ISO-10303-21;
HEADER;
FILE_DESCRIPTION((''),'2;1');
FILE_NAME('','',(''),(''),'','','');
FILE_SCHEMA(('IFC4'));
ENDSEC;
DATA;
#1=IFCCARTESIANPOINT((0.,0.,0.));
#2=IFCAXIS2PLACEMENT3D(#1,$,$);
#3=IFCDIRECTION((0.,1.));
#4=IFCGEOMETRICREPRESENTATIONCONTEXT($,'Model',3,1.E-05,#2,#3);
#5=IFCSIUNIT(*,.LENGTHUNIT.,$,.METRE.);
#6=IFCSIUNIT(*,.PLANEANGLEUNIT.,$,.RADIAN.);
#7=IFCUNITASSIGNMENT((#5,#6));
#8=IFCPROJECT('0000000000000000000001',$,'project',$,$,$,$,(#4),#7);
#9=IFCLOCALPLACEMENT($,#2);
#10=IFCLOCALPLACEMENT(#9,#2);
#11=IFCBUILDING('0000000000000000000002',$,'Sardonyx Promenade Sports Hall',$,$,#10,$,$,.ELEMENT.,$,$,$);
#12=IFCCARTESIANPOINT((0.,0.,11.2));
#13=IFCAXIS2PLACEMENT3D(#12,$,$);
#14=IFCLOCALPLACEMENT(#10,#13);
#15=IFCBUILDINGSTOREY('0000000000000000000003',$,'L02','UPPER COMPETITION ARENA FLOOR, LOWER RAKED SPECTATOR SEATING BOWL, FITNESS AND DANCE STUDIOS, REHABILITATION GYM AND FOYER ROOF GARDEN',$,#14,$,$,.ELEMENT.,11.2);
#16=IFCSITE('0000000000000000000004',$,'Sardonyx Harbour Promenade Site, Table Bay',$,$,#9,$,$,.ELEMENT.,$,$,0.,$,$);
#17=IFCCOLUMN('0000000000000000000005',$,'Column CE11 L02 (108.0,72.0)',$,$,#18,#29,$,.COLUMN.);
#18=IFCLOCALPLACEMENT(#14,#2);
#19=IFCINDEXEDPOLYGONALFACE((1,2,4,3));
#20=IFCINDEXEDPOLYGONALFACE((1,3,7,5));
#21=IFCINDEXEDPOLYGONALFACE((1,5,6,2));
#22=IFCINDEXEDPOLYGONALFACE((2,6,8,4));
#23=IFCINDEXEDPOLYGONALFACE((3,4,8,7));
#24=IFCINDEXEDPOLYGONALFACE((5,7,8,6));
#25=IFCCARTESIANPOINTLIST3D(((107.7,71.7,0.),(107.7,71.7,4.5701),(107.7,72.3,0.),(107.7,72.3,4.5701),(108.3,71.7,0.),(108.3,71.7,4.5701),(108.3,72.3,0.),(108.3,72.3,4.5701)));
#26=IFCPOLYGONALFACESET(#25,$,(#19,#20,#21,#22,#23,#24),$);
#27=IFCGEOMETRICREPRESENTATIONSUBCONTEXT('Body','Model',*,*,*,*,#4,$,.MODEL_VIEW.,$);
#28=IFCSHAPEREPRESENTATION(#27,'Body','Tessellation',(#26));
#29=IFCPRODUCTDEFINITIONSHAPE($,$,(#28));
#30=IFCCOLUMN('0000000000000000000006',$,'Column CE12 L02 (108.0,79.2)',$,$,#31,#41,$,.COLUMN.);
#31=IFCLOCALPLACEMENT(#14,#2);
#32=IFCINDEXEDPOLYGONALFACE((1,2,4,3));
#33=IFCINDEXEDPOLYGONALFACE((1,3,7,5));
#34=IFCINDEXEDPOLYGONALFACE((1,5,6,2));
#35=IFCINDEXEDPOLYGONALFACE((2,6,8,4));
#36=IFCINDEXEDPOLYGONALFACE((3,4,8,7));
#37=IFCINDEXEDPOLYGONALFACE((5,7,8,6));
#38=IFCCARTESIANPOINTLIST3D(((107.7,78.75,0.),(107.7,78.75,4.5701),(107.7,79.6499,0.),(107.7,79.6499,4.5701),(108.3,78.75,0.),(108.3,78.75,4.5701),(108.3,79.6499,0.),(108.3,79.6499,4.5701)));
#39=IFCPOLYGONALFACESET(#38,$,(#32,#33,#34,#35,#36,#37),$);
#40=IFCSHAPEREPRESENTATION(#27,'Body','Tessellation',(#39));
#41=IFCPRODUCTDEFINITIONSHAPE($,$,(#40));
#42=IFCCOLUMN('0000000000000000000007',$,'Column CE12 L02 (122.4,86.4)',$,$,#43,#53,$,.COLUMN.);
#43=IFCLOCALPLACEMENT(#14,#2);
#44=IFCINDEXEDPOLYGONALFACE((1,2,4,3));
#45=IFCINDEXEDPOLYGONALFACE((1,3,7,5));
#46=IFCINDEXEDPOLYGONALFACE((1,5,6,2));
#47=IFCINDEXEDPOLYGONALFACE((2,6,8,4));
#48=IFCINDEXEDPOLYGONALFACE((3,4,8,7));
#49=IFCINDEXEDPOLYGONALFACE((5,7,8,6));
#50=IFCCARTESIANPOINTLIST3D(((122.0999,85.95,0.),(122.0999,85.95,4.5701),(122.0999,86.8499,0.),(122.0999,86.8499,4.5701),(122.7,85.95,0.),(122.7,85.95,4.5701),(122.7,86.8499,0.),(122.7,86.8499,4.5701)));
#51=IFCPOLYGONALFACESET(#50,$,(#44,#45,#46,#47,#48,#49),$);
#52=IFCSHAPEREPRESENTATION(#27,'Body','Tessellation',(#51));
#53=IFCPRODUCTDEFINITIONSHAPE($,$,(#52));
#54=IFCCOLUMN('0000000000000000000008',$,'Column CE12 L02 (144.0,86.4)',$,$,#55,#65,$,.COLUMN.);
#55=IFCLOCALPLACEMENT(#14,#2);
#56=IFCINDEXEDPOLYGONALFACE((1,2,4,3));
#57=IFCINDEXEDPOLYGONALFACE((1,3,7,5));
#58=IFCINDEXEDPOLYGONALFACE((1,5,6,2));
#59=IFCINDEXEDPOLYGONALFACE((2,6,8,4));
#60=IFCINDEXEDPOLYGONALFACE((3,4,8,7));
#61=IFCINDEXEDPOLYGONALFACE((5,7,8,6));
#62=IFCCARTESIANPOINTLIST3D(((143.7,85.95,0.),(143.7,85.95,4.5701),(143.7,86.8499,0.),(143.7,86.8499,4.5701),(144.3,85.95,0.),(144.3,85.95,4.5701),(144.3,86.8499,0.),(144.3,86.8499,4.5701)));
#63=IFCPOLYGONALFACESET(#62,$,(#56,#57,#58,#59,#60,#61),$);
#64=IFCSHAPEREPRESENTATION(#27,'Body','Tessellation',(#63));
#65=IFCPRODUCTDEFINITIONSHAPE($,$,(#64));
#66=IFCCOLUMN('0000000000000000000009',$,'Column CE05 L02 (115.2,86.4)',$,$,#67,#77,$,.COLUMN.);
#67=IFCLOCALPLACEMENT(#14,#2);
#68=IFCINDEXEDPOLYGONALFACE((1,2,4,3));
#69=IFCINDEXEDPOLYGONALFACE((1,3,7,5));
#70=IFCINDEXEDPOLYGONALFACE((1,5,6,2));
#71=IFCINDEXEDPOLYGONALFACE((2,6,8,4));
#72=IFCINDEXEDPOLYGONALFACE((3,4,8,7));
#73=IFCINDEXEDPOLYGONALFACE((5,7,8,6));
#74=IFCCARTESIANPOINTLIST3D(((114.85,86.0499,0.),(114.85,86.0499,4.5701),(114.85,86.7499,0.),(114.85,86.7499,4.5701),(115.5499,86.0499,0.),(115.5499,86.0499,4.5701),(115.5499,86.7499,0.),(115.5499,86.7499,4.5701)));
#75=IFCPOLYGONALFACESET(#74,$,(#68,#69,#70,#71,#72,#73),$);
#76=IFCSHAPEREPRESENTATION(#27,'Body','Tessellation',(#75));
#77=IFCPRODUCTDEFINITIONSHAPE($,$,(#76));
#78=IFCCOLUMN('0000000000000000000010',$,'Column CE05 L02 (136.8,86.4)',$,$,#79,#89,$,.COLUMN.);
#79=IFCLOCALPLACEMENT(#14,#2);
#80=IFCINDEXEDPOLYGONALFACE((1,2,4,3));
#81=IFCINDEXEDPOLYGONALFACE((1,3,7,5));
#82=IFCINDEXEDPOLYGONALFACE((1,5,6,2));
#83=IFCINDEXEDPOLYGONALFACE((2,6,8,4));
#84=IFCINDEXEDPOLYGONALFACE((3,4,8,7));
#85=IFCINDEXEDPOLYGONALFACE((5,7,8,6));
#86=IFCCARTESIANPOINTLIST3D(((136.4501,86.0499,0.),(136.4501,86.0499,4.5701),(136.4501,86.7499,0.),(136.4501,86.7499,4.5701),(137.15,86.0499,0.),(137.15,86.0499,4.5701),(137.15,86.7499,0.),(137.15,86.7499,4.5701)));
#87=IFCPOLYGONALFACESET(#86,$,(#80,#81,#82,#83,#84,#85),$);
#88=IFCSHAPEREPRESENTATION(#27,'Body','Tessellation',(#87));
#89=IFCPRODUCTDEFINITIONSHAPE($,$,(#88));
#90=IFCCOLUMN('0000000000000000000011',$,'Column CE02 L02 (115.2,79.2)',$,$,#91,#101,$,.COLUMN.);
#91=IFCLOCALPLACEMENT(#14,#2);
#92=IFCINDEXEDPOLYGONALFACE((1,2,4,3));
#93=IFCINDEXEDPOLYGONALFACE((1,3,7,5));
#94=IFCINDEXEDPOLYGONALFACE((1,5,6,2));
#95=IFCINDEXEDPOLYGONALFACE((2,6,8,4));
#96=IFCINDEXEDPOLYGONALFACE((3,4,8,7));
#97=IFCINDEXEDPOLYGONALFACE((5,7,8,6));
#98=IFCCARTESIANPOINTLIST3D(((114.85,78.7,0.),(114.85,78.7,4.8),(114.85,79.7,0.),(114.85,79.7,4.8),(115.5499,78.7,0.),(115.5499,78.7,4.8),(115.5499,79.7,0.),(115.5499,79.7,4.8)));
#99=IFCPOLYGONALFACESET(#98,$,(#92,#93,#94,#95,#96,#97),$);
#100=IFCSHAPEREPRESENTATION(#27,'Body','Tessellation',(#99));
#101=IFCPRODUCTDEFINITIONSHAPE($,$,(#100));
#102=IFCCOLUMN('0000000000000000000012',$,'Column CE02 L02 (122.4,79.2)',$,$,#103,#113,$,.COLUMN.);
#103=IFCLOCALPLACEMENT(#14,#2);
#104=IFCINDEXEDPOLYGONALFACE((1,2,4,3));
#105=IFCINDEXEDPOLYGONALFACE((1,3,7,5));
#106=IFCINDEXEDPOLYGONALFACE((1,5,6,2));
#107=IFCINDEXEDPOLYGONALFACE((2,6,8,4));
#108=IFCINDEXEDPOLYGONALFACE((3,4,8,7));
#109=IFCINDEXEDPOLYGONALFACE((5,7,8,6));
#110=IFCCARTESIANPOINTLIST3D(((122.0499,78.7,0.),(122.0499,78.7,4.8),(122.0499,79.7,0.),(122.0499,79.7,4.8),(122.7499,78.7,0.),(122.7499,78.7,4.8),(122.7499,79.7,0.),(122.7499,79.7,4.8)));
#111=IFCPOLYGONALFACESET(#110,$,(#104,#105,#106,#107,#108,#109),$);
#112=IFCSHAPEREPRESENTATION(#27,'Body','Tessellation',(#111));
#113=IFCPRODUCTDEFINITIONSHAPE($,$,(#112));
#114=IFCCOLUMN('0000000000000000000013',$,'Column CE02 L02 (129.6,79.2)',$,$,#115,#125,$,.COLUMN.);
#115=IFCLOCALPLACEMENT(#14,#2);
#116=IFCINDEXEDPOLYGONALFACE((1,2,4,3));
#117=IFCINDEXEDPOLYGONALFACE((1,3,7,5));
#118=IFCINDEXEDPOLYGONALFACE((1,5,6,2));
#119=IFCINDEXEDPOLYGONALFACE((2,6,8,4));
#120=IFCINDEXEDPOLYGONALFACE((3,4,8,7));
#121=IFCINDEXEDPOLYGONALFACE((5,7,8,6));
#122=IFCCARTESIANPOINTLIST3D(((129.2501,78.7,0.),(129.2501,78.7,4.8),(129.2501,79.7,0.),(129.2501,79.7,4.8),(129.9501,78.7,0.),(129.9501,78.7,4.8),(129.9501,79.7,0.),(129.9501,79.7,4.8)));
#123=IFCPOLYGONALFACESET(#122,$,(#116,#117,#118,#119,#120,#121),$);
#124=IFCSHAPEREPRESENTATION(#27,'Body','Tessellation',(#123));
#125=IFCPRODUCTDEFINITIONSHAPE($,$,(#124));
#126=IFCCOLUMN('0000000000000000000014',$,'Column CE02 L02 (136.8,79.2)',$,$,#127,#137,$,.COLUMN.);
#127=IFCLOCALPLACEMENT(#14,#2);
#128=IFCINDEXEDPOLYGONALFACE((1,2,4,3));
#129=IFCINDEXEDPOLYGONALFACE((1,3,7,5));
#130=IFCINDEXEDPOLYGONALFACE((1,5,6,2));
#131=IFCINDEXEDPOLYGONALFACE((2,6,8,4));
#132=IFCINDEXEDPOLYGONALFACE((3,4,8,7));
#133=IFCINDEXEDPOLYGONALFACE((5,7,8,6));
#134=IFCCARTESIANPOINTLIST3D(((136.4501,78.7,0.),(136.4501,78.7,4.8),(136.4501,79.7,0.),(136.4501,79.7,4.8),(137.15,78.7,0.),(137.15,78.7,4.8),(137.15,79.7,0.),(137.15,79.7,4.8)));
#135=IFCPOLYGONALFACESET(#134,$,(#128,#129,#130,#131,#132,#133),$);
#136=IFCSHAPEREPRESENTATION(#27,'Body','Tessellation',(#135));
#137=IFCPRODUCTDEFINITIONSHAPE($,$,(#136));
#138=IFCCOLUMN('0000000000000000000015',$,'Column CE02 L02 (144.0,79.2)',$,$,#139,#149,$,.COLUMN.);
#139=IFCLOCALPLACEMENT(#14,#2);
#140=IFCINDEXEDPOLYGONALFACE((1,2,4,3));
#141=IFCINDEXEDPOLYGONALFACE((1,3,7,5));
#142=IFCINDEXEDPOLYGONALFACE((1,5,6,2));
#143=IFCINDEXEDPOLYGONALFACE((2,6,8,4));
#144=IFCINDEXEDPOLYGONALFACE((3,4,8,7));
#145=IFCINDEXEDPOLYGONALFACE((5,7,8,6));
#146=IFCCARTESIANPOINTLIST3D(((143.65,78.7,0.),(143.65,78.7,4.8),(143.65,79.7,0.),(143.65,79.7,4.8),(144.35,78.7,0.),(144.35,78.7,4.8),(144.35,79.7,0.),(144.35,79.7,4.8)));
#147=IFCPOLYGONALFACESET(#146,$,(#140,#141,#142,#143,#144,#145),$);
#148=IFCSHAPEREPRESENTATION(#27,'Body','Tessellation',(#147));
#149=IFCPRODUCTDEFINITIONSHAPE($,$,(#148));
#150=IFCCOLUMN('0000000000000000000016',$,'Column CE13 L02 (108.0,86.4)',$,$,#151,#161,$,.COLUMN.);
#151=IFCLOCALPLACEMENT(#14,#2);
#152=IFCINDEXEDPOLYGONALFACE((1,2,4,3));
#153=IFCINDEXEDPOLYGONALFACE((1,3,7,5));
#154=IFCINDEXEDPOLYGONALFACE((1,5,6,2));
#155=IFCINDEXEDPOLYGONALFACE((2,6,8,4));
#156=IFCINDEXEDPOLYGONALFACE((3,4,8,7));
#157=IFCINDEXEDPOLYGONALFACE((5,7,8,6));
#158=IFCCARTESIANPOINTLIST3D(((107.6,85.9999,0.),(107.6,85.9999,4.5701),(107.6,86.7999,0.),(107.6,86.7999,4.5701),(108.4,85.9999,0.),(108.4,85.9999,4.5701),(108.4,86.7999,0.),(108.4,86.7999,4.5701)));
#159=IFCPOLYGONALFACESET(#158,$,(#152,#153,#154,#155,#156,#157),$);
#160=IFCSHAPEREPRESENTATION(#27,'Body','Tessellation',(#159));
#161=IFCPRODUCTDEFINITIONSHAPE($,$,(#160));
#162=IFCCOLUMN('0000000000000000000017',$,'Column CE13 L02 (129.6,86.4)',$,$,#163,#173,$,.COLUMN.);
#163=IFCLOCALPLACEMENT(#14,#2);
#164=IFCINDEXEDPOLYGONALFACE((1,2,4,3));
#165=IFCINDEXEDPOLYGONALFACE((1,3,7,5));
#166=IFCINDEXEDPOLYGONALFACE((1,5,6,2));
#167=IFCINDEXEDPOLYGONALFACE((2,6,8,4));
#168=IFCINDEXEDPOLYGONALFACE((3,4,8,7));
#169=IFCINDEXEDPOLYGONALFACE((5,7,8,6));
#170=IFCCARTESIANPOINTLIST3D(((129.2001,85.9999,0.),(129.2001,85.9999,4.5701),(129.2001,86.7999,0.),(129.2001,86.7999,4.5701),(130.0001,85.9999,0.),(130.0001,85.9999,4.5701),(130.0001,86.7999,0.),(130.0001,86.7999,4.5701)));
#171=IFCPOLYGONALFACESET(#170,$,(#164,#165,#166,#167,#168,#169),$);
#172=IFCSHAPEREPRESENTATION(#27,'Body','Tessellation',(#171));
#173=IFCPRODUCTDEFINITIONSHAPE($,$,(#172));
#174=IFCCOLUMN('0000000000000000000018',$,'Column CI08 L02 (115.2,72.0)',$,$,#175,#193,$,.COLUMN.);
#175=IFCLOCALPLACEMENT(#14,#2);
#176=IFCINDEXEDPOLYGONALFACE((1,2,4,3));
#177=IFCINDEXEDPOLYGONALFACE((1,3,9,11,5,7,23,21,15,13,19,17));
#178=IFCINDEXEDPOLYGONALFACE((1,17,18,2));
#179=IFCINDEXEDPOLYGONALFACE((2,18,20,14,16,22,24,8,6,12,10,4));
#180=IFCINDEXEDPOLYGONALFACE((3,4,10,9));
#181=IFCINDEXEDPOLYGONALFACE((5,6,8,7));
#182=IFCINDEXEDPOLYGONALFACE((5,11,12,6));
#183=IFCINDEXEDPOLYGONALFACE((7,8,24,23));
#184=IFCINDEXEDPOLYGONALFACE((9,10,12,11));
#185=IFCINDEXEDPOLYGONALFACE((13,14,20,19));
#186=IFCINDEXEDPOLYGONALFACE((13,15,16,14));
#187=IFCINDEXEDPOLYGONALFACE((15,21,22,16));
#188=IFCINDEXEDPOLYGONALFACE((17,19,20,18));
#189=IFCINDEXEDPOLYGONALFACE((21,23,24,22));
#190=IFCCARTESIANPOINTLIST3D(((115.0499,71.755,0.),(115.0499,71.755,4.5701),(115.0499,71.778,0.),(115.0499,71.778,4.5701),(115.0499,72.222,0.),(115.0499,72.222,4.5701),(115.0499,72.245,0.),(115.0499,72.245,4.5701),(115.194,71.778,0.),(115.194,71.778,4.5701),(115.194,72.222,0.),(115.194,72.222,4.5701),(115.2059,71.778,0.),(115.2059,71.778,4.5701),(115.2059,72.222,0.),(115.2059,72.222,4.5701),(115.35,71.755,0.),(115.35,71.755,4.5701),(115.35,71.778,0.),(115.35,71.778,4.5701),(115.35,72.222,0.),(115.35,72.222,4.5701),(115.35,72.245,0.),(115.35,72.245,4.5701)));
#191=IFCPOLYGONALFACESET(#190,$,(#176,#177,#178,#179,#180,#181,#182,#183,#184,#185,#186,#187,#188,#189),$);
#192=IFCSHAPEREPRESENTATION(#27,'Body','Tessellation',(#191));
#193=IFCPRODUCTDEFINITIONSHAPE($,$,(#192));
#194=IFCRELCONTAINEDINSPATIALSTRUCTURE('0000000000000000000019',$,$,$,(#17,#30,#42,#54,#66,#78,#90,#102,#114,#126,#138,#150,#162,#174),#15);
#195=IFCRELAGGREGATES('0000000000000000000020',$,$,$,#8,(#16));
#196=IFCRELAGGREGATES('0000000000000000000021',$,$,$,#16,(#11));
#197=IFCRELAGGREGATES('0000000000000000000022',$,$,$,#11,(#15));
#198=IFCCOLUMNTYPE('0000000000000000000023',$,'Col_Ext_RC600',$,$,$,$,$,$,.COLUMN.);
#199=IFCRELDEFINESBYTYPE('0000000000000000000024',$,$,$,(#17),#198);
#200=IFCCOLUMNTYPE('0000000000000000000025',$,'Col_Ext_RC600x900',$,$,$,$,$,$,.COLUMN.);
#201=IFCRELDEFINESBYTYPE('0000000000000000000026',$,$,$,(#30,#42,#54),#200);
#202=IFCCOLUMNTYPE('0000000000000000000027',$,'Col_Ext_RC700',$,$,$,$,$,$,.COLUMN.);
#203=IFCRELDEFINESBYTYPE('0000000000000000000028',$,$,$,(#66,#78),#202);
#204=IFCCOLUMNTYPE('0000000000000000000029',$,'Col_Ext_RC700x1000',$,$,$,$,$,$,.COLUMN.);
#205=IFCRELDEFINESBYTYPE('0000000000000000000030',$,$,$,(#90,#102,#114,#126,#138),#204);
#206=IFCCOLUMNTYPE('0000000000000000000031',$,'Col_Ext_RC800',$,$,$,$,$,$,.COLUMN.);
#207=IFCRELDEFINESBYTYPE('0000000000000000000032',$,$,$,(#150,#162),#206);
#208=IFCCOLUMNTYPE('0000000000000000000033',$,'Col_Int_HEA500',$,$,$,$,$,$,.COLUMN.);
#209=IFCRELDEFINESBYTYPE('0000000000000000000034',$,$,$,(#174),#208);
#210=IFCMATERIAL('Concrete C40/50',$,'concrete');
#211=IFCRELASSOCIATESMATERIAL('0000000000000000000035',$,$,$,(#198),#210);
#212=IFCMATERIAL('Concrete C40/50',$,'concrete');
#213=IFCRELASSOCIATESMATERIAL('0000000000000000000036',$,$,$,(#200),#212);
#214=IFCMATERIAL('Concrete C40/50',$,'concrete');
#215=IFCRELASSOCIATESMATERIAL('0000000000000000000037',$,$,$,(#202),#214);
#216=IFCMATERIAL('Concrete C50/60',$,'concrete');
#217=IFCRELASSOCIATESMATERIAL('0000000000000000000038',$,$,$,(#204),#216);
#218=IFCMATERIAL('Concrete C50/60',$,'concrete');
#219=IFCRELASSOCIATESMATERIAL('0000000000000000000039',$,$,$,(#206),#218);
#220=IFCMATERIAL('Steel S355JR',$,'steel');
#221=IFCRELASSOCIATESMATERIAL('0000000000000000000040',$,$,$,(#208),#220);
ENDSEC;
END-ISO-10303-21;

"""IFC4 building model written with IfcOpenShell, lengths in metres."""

from ifc_helpers import new_model, si_unit, direction, frame, origin, origin_2d, place, context, subcontext, project, spatial, rectangle, i_section, extrude, material, material_profile, profile_set, type_object, element, save


model = new_model("IFC4")

# Units and contexts
model_context = context("Model", 3, precision=1e-05, world=origin(), true_north=direction((0.0, 1.0)))
body_context = subcontext(model_context, "Body", "Model", "MODEL_VIEW")
ifc_project = project(units=[si_unit("LENGTHUNIT", "METRE"), si_unit("PLANEANGLEUNIT", "RADIAN")], contexts=[model_context])

# Site, building, storey
site_placement = place(None, origin())
site = spatial("IfcSite", under=ifc_project, at=site_placement, Name="Sardonyx Harbour Promenade Site, Table Bay", CompositionType="ELEMENT", RefElevation=0.0)
building_placement = place(site_placement, origin())
building = spatial("IfcBuilding", under=site, at=building_placement, Name="Sardonyx Promenade Sports Hall", CompositionType="ELEMENT")
storey_placement = place(building_placement, frame((0.0, 0.0, 11.2)))
storey = spatial("IfcBuildingStorey", under=building, at=storey_placement, Name="L02", Description="UPPER COMPETITION ARENA FLOOR, LOWER RAKED SPECTATOR SEATING BOWL, FITNESS AND DANCE STUDIOS, REHABILITATION GYM AND FOYER ROOF GARDEN", CompositionType="ELEMENT", Elevation=11.2)

# Columns
ifc_material_1 = material(Name="Concrete C40/50", Category="concrete")
ifc_material_profile_1 = material_profile(ifc_material_1, rectangle(XDim=0.6001, YDim=0.6001, at=origin_2d()))
ifc_profile_set_1 = profile_set([ifc_material_profile_1], Name="Concrete C40/50")
column_type_1 = type_object("IfcColumnType", Name="Col_Ext_RC600", PredefinedType="COLUMN", material=ifc_profile_set_1)
column_1_placement = place(storey_placement, frame((108.0, 72.0, 0.0), z_axis=(0.0, 0.0, 1.0), x_axis=(1.0, 0.0, 0.0)))
element("IfcColumn", 1, at=column_1_placement, inside=storey, type_object=column_type_1, Name="Column CE11 L02 (108.0,72.0)", PredefinedType="COLUMN", context=body_context, shape_type="SweptSolid", body=[
    extrude(rectangle(XDim=0.6001, YDim=0.6001, at=origin_2d()), origin(), (0.0, 0.0, 1.0), 4.5701),
])
ifc_material_2 = material(Name="Concrete C40/50", Category="concrete")
ifc_material_profile_2 = material_profile(ifc_material_2, rectangle(XDim=0.6001, YDim=0.8999, at=origin_2d()))
ifc_profile_set_2 = profile_set([ifc_material_profile_2], Name="Concrete C40/50")
column_type_2 = type_object("IfcColumnType", Name="Col_Ext_RC600x900", PredefinedType="COLUMN", material=ifc_profile_set_2)
for number, where, z_axis, x_axis, name in (
    (2, (108.0, 79.2, 0.0), (0.0, 0.0, 1.0), (1.0, 0.0, 0.0), "Column CE12 L02 (108.0,79.2)"),
    (3, (122.3999, 86.3999, 0.0), (0.0, 0.0, 1.0), (1.0, 0.0, 0.0), "Column CE12 L02 (122.4,86.4)"),
    (4, (144.0, 86.3999, 0.0), (0.0, 0.0, 1.0), (1.0, 0.0, 0.0), "Column CE12 L02 (144.0,86.4)"),
):
    element("IfcColumn", number, at=place(storey_placement, frame(where, z_axis=z_axis, x_axis=x_axis)), inside=storey, type_object=column_type_2, Name=name, PredefinedType="COLUMN", context=body_context, shape_type="SweptSolid", body=[
        extrude(rectangle(XDim=0.6001, YDim=0.8999, at=origin_2d()), origin(), (0.0, 0.0, 1.0), 4.5701),
    ])
ifc_material_3 = material(Name="Concrete C40/50", Category="concrete")
ifc_material_profile_3 = material_profile(ifc_material_3, rectangle(XDim=0.7, YDim=0.7, at=origin_2d()))
ifc_profile_set_3 = profile_set([ifc_material_profile_3], Name="Concrete C40/50")
column_type_3 = type_object("IfcColumnType", Name="Col_Ext_RC700", PredefinedType="COLUMN", material=ifc_profile_set_3)
for number, where, z_axis, x_axis, name in (
    (5, (115.2, 86.3999, 0.0), (0.0, 0.0, 1.0), (1.0, 0.0, 0.0), "Column CE05 L02 (115.2,86.4)"),
    (6, (136.8, 86.3999, 0.0), (0.0, 0.0, 1.0), (1.0, 0.0, 0.0), "Column CE05 L02 (136.8,86.4)"),
):
    element("IfcColumn", number, at=place(storey_placement, frame(where, z_axis=z_axis, x_axis=x_axis)), inside=storey, type_object=column_type_3, Name=name, PredefinedType="COLUMN", context=body_context, shape_type="SweptSolid", body=[
        extrude(rectangle(XDim=0.7, YDim=0.7, at=origin_2d()), origin(), (0.0, 0.0, 1.0), 4.5701),
    ])
ifc_material_4 = material(Name="Concrete C50/60", Category="concrete")
ifc_material_profile_4 = material_profile(ifc_material_4, rectangle(XDim=0.7, YDim=1.0, at=origin_2d()))
ifc_profile_set_4 = profile_set([ifc_material_profile_4], Name="Concrete C50/60")
column_type_4 = type_object("IfcColumnType", Name="Col_Ext_RC700x1000", PredefinedType="COLUMN", material=ifc_profile_set_4)
for number, where, z_axis, x_axis, name in (
    (7, (115.2, 79.2, 0.0), (0.0, 0.0, 1.0), (1.0, 0.0, 0.0), "Column CE02 L02 (115.2,79.2)"),
    (8, (122.3999, 79.2, 0.0), (0.0, 0.0, 1.0), (1.0, 0.0, 0.0), "Column CE02 L02 (122.4,79.2)"),
    (9, (129.6001, 79.2, 0.0), (0.0, 0.0, 1.0), (1.0, 0.0, 0.0), "Column CE02 L02 (129.6,79.2)"),
    (10, (136.8, 79.2, 0.0), (0.0, 0.0, 1.0), (1.0, 0.0, 0.0), "Column CE02 L02 (136.8,79.2)"),
    (11, (144.0, 79.2, 0.0), (0.0, 0.0, 1.0), (1.0, 0.0, 0.0), "Column CE02 L02 (144.0,79.2)"),
):
    element("IfcColumn", number, at=place(storey_placement, frame(where, z_axis=z_axis, x_axis=x_axis)), inside=storey, type_object=column_type_4, Name=name, PredefinedType="COLUMN", context=body_context, shape_type="SweptSolid", body=[
        extrude(rectangle(XDim=0.7, YDim=1.0, at=origin_2d()), origin(), (0.0, 0.0, 1.0), 4.8),
    ])
ifc_material_5 = material(Name="Concrete C50/60", Category="concrete")
ifc_material_profile_5 = material_profile(ifc_material_5, rectangle(XDim=0.8, YDim=0.8, at=origin_2d()))
ifc_profile_set_5 = profile_set([ifc_material_profile_5], Name="Concrete C50/60")
column_type_5 = type_object("IfcColumnType", Name="Col_Ext_RC800", PredefinedType="COLUMN", material=ifc_profile_set_5)
for number, where, z_axis, x_axis, name in (
    (12, (108.0, 86.3999, 0.0), (0.0, 0.0, 1.0), (1.0, 0.0, 0.0), "Column CE13 L02 (108.0,86.4)"),
    (13, (129.6001, 86.3999, 0.0), (0.0, 0.0, 1.0), (1.0, 0.0, 0.0), "Column CE13 L02 (129.6,86.4)"),
):
    element("IfcColumn", number, at=place(storey_placement, frame(where, z_axis=z_axis, x_axis=x_axis)), inside=storey, type_object=column_type_5, Name=name, PredefinedType="COLUMN", context=body_context, shape_type="SweptSolid", body=[
        extrude(rectangle(XDim=0.8, YDim=0.8, at=origin_2d()), origin(), (0.0, 0.0, 1.0), 4.5701),
    ])
ifc_material_6 = material(Name="Steel S355JR", Category="steel")
ifc_material_profile_6 = material_profile(ifc_material_6, i_section(OverallWidth=0.3, OverallDepth=0.49, WebThickness=0.012, FlangeThickness=0.0229, at=origin_2d()))
ifc_profile_set_6 = profile_set([ifc_material_profile_6], Name="Steel S355JR")
column_type_6 = type_object("IfcColumnType", Name="Col_Int_HEA500", PredefinedType="COLUMN", material=ifc_profile_set_6)
column_2_placement = place(storey_placement, frame((115.2, 72.0, 0.0), z_axis=(0.0, 0.0, 1.0), x_axis=(1.0, 0.0, 0.0)))
element("IfcColumn", 14, at=column_2_placement, inside=storey, type_object=column_type_6, Name="Column CI08 L02 (115.2,72.0)", PredefinedType="COLUMN", context=body_context, shape_type="SweptSolid", body=[
    extrude(i_section(OverallWidth=0.3, OverallDepth=0.49, WebThickness=0.012, FlangeThickness=0.0229, at=origin_2d()), origin(), (0.0, 0.0, 1.0), 4.5701),
])

save(model, "model.ifc")
